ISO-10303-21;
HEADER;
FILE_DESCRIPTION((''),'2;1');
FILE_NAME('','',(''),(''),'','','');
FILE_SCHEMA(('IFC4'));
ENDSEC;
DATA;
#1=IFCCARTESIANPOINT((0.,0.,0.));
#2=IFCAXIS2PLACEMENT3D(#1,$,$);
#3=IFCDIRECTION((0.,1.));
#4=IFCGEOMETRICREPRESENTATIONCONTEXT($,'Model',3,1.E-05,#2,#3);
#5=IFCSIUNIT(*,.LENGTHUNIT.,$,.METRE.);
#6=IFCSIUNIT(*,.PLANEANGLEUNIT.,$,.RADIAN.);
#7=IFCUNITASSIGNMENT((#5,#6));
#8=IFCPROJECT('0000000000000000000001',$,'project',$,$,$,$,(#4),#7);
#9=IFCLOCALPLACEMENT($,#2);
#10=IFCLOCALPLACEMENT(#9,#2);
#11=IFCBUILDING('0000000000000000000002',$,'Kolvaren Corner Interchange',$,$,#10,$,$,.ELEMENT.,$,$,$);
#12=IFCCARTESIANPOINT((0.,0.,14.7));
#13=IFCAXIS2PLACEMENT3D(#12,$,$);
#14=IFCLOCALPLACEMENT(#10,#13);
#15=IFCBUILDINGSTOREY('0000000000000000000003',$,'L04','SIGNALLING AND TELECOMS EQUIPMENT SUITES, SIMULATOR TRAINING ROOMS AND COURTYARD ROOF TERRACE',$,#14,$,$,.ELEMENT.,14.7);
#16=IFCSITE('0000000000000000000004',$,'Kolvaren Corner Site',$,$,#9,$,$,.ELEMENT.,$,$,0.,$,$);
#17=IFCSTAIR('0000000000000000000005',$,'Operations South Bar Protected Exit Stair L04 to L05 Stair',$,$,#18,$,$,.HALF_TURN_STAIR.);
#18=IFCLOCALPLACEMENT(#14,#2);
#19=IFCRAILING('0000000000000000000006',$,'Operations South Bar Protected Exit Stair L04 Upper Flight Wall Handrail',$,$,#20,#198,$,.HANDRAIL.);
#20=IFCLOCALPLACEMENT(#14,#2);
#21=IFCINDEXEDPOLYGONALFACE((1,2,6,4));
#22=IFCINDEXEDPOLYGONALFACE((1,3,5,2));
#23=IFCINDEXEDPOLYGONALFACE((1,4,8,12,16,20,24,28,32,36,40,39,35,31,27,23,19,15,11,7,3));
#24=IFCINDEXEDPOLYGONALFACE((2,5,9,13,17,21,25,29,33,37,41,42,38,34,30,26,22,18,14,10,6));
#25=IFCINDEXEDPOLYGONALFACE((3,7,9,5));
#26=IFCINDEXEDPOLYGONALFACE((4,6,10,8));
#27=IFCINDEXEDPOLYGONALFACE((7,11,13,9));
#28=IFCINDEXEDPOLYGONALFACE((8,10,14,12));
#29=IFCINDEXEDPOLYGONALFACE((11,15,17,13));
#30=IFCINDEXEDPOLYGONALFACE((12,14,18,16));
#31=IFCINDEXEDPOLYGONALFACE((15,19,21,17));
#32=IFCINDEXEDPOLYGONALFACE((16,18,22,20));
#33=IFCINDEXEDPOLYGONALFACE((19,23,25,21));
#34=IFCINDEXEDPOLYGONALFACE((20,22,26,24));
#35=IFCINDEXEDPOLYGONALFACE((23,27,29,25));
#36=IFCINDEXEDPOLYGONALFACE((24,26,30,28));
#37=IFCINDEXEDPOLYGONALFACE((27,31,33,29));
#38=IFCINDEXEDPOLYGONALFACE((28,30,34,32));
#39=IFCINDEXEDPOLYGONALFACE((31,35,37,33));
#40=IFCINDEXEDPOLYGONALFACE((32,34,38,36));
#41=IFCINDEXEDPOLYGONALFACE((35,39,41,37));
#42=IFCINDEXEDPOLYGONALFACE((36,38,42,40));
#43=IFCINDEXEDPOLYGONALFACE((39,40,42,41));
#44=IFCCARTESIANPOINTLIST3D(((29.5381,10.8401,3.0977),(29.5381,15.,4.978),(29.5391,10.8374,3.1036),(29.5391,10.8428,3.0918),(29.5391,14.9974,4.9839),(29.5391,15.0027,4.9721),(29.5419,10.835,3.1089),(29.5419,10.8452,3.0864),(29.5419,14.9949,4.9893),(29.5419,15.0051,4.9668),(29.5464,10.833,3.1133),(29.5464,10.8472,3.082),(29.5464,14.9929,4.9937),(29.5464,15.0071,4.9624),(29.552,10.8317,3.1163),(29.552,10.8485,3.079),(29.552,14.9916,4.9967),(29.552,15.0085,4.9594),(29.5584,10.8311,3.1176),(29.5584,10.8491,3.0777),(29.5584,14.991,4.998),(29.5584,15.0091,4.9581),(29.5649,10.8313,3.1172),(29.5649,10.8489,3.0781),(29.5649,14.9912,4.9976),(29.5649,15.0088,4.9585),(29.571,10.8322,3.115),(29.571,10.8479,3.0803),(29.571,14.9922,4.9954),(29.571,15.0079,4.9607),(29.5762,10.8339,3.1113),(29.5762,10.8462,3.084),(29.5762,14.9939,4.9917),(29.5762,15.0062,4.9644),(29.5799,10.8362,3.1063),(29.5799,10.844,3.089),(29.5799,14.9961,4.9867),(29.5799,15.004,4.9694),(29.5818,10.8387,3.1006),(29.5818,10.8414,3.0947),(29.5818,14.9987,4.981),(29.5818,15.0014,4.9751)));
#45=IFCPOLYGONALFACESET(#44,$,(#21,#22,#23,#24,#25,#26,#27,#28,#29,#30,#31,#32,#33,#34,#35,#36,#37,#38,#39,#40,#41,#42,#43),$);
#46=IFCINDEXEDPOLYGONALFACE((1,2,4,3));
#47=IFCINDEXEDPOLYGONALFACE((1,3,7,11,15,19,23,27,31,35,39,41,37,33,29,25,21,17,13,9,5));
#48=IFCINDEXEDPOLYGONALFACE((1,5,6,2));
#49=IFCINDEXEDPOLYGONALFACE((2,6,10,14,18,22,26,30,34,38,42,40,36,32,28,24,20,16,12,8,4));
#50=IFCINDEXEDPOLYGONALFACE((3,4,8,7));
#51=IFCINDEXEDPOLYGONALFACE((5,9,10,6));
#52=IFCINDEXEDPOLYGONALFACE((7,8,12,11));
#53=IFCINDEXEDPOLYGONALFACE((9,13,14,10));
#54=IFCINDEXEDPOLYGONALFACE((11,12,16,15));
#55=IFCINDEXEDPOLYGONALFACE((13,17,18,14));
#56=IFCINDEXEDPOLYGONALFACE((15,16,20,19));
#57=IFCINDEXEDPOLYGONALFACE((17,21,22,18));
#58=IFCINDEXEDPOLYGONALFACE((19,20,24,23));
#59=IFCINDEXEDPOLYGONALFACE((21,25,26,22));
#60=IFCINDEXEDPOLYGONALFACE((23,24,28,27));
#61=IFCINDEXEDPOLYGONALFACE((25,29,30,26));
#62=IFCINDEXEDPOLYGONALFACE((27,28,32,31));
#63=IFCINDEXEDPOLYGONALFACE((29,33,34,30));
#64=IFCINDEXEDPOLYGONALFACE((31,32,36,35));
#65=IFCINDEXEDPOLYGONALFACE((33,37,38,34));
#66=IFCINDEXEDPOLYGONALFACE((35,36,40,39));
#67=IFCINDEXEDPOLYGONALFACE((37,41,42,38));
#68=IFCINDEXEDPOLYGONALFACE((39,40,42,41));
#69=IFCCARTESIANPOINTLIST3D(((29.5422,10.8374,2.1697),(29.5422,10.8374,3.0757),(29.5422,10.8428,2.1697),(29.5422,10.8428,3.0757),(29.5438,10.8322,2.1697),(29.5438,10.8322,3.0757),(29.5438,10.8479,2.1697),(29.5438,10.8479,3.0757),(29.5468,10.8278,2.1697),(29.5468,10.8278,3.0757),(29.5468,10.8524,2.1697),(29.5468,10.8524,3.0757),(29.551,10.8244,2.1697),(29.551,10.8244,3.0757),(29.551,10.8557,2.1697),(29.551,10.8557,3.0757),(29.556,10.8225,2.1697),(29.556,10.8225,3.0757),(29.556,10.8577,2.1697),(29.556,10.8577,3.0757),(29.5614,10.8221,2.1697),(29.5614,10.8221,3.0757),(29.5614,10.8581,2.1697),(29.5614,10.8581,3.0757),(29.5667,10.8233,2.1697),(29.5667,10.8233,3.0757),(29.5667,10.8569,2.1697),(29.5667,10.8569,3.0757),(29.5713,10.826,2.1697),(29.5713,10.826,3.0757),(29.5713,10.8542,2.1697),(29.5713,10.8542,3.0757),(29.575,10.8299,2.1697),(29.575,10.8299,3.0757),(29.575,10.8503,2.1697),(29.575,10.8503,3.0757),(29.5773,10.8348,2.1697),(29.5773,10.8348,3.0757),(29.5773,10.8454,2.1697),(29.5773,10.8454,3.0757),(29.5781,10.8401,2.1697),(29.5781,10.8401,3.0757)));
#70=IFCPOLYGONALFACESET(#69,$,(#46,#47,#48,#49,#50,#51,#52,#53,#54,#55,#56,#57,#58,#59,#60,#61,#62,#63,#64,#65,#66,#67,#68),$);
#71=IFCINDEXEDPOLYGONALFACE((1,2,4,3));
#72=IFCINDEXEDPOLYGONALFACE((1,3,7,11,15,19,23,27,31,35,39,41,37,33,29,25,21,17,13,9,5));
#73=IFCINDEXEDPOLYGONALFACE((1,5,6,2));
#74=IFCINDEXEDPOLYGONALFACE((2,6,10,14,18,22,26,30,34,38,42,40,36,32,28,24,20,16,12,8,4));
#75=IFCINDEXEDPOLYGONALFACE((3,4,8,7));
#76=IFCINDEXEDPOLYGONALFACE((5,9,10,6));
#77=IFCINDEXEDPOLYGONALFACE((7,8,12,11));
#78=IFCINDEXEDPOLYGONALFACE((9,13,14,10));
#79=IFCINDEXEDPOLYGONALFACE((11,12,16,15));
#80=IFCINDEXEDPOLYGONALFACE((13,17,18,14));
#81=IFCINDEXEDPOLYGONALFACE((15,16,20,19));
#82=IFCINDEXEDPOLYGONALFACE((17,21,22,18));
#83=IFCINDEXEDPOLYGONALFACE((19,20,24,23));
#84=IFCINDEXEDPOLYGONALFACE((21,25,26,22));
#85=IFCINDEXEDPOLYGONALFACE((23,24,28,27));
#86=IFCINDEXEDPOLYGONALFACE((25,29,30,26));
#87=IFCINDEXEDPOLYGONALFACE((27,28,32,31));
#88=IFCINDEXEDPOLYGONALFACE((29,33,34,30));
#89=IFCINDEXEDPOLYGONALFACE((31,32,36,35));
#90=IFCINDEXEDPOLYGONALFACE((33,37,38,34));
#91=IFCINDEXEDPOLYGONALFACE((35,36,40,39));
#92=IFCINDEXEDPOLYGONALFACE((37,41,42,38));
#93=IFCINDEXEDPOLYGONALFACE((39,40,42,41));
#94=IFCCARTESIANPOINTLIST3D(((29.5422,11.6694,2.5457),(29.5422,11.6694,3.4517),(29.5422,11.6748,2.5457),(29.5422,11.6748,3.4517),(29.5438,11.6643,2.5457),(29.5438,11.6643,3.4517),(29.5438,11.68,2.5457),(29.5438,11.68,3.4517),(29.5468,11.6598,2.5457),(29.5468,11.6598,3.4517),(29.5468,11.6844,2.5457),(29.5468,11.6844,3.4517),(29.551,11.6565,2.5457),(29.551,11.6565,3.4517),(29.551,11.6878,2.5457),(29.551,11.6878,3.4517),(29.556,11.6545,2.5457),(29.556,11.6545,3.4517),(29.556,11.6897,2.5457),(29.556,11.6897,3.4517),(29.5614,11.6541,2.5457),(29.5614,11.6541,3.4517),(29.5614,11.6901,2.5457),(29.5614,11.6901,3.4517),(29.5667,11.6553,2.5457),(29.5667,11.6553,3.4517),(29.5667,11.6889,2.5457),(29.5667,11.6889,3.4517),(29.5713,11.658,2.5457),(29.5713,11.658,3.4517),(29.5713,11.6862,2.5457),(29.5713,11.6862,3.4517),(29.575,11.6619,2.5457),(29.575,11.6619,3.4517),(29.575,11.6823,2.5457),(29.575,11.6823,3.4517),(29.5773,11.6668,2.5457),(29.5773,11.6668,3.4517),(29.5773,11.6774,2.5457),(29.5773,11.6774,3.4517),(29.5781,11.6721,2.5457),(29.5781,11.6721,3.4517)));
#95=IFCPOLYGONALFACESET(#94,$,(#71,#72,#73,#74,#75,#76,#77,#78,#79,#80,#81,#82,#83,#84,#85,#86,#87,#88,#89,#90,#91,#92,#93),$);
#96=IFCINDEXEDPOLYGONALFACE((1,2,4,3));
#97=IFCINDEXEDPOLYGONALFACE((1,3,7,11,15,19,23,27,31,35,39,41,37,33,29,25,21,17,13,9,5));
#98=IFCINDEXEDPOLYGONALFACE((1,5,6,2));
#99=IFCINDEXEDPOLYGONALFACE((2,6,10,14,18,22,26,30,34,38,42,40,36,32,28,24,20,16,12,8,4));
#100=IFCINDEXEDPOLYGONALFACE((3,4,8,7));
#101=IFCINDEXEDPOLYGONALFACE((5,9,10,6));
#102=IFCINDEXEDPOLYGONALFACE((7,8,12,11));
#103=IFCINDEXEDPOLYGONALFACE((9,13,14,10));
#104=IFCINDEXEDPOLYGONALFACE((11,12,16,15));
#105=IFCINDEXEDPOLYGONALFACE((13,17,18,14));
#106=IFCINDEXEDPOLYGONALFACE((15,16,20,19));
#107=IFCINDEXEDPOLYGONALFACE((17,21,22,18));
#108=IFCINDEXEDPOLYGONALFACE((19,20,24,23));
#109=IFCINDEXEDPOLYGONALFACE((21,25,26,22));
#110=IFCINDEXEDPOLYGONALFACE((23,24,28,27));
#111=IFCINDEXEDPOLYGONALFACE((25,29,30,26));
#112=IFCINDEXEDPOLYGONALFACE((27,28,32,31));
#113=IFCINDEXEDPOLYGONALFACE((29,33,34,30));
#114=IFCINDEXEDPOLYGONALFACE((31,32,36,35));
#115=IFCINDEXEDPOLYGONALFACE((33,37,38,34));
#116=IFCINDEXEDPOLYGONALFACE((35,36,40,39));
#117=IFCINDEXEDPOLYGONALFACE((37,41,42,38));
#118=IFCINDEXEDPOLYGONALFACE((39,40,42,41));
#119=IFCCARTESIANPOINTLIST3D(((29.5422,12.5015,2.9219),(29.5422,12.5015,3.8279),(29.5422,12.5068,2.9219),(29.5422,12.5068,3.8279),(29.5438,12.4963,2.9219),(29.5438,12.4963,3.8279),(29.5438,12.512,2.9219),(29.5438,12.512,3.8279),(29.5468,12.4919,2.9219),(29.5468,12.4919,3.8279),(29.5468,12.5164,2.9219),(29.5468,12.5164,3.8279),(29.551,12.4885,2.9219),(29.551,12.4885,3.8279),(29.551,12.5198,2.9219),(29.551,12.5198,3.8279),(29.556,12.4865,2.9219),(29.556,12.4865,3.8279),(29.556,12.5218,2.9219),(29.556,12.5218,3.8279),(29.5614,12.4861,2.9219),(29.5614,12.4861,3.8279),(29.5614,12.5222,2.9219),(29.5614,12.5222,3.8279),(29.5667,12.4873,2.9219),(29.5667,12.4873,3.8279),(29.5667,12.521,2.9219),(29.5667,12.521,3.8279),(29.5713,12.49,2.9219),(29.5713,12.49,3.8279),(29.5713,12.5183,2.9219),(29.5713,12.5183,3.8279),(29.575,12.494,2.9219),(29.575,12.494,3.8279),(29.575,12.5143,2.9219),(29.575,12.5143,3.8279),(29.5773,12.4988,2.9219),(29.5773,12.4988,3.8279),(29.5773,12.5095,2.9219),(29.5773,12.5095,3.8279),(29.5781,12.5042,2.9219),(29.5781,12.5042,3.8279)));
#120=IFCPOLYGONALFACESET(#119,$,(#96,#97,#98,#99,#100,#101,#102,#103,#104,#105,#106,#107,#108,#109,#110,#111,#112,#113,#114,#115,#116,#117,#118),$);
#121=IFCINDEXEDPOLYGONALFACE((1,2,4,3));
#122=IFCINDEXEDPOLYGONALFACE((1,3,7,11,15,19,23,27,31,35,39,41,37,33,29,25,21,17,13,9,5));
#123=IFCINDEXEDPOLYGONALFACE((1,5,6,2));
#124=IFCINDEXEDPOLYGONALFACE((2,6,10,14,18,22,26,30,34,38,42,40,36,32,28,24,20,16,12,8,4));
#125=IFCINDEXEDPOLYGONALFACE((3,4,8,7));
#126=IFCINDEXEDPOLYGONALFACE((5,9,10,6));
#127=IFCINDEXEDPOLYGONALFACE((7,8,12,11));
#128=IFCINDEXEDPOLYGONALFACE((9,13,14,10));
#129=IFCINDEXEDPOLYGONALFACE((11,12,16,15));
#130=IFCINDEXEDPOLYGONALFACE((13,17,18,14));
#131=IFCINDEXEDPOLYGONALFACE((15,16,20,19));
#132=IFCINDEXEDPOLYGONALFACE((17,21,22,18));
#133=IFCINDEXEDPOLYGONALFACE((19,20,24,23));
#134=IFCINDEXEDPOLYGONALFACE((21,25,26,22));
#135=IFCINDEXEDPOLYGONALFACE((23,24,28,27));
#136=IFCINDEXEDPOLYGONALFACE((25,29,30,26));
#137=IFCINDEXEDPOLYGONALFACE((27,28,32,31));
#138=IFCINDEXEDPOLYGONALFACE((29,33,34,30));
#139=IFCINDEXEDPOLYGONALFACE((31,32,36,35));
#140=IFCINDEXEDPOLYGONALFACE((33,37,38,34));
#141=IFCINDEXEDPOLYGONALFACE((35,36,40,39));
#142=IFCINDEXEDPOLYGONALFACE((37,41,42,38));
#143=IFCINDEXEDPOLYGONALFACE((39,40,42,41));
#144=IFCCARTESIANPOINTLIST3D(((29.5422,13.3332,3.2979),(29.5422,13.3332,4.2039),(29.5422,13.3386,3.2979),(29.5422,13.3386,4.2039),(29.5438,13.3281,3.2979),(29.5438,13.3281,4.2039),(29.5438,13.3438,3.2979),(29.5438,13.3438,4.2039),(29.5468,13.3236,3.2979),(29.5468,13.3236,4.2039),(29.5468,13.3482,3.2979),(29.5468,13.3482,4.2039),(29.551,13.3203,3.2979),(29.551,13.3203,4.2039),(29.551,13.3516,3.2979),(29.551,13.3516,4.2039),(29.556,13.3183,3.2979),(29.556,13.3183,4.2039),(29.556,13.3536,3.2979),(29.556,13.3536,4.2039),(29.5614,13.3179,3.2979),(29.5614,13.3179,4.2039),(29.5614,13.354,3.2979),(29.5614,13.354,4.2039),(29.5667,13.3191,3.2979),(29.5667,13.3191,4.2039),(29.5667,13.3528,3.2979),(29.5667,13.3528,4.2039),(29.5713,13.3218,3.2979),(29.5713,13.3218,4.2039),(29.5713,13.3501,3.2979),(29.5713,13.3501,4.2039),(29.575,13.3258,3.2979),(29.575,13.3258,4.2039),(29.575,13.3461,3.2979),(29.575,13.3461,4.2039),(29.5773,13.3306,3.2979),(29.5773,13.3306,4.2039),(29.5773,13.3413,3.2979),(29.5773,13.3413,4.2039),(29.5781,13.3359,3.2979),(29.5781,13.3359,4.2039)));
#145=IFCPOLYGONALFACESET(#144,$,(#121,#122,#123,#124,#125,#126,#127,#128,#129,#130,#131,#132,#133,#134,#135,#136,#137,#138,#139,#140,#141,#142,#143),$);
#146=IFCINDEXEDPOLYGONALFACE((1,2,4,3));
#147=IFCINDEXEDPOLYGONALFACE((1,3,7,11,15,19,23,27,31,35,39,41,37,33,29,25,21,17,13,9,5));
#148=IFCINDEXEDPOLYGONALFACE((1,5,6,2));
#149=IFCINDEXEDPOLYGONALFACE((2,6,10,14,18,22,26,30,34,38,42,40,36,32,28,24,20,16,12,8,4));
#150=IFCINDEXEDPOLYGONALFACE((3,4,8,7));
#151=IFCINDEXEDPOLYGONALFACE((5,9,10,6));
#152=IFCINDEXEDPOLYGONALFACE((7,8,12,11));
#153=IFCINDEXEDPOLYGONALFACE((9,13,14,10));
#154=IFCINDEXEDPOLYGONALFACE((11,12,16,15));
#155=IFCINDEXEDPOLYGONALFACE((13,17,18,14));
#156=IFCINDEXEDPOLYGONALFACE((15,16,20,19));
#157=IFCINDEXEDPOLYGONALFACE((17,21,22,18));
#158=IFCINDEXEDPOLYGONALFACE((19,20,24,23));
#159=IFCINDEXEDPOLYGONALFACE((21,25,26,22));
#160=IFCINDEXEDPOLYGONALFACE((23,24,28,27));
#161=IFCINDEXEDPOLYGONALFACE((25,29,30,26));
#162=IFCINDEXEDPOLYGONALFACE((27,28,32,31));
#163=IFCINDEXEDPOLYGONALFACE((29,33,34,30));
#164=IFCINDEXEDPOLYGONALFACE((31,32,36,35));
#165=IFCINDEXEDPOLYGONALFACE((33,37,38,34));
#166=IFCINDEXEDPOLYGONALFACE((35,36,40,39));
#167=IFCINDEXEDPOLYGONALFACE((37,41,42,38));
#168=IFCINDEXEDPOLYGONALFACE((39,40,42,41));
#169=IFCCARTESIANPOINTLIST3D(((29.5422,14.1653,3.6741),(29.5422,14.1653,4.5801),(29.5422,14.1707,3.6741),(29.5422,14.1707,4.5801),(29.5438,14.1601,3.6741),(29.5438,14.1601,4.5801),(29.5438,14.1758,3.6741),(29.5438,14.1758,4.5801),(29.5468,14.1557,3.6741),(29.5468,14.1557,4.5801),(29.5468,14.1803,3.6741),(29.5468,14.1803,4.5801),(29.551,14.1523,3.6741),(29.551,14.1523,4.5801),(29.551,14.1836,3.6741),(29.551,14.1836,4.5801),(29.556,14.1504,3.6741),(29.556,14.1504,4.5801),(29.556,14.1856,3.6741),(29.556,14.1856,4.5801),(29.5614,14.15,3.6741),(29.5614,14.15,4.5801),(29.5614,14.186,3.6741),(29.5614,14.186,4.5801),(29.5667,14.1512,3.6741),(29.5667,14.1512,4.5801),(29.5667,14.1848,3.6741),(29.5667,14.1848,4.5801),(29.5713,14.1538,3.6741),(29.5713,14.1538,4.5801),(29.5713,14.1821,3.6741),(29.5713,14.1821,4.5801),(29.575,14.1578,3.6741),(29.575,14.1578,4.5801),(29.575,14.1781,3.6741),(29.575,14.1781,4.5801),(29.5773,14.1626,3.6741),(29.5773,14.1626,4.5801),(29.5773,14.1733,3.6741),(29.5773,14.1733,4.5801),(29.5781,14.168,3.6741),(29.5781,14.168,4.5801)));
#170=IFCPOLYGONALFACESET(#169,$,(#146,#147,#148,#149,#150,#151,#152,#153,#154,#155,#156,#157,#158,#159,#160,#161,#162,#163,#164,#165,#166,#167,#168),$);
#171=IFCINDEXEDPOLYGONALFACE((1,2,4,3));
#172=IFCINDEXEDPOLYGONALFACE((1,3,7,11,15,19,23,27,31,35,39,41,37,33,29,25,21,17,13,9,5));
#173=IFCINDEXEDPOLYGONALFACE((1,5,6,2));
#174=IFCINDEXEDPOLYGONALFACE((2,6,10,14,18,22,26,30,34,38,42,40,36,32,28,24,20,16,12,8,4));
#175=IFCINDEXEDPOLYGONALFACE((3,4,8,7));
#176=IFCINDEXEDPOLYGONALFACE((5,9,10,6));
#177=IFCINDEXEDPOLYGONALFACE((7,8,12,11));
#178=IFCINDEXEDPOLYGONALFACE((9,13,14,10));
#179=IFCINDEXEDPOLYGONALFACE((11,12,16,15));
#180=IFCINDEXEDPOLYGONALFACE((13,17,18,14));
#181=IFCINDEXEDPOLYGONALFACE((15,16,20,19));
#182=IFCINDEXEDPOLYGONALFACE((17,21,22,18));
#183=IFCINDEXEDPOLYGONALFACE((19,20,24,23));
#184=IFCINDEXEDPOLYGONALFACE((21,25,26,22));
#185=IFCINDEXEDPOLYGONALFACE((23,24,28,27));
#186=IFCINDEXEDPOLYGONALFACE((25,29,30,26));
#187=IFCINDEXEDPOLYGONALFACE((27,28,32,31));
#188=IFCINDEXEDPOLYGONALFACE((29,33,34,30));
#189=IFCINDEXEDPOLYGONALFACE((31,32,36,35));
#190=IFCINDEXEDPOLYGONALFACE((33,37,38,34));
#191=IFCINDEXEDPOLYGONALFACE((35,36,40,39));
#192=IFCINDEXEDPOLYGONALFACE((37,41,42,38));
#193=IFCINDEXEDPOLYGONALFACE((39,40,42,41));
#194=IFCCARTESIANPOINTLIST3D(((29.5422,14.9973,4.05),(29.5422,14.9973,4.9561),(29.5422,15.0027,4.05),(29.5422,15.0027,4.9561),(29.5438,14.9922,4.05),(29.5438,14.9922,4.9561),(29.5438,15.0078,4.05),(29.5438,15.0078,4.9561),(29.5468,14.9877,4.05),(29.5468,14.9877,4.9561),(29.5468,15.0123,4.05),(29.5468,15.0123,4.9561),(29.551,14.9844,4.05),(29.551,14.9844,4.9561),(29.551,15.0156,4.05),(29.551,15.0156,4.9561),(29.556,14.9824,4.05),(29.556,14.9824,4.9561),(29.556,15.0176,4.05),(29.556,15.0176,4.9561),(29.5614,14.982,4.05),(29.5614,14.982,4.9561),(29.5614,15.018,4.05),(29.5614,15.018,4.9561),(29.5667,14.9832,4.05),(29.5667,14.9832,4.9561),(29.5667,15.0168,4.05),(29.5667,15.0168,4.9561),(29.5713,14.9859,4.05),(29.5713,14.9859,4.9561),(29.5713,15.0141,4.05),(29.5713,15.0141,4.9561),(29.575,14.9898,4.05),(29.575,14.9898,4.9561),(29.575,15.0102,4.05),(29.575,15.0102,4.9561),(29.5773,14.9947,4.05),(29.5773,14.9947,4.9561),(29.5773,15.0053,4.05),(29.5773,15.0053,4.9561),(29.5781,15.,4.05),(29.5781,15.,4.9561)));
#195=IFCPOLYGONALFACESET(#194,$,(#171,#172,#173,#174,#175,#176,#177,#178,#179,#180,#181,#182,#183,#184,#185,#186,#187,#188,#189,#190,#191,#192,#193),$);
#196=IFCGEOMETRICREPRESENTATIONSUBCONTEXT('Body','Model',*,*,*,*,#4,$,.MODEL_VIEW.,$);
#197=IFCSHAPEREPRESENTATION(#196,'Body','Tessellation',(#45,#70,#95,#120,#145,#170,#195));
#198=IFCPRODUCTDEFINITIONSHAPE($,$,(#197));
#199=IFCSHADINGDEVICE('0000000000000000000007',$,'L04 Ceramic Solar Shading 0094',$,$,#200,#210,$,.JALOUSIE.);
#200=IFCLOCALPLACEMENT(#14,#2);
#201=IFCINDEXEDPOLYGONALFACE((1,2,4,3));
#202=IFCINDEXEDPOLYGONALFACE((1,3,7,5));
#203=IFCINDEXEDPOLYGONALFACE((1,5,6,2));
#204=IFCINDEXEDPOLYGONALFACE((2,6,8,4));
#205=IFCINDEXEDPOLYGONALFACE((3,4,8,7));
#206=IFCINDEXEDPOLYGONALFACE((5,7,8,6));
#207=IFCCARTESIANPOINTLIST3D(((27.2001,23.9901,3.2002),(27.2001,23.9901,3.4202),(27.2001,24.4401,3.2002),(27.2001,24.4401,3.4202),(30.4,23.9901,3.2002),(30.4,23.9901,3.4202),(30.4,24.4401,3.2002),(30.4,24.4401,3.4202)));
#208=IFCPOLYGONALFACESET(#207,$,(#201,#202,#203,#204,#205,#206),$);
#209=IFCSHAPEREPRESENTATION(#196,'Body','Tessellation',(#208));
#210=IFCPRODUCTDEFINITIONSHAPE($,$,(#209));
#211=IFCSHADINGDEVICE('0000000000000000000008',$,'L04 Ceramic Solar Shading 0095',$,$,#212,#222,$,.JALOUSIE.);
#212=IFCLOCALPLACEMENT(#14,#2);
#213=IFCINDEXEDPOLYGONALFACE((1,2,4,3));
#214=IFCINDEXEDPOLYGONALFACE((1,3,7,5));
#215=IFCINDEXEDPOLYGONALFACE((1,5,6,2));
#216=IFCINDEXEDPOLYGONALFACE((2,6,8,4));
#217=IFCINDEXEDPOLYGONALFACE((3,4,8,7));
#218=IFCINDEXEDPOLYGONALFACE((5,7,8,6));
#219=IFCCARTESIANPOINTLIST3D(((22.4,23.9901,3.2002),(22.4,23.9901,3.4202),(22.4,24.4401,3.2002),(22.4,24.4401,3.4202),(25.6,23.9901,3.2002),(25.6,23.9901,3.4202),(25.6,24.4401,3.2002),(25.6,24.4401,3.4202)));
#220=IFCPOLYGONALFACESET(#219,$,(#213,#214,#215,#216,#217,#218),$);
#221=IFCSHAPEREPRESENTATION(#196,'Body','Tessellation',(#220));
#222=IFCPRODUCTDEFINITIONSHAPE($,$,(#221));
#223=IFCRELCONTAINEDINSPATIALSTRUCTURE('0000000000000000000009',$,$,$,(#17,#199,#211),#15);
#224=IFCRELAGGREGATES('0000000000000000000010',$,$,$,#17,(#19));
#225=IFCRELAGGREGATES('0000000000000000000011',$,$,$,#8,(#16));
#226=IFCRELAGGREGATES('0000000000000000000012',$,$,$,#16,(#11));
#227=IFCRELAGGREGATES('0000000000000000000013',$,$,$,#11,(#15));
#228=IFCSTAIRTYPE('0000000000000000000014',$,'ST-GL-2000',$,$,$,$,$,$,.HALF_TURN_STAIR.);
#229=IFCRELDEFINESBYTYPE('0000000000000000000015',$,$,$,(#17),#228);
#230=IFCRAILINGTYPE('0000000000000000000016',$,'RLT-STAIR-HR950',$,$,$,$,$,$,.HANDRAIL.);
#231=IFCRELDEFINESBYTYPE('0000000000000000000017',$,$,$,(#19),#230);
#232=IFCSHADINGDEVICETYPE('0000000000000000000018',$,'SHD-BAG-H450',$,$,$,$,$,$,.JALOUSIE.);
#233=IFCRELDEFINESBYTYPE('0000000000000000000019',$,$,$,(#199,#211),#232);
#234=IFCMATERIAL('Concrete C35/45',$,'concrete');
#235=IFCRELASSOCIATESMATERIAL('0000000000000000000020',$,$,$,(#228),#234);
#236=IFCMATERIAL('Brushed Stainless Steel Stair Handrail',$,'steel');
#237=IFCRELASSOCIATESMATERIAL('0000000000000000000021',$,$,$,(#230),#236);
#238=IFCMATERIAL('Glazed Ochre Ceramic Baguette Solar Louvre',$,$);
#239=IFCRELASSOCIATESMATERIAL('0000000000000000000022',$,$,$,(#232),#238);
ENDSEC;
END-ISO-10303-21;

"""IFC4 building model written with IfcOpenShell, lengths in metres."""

from ifc_helpers import new_model, si_unit, direction, frame, origin, origin_2d, place, context, subcontext, project, spatial, rectangle, circle, extrude, material, type_object, element, aggregate, save


model = new_model("IFC4")

# Units and contexts
model_context = context("Model", 3, precision=1e-05, world=origin(), true_north=direction((0.0, 1.0)))
body_context = subcontext(model_context, "Body", "Model", "MODEL_VIEW")
ifc_project = project(units=[si_unit("LENGTHUNIT", "METRE"), si_unit("PLANEANGLEUNIT", "RADIAN")], contexts=[model_context])

# Site, building, storey
site_placement = place(None, origin())
site = spatial("IfcSite", under=ifc_project, at=site_placement, Name="Kolvaren Corner Site", CompositionType="ELEMENT", RefElevation=0.0)
building_placement = place(site_placement, origin())
building = spatial("IfcBuilding", under=site, at=building_placement, Name="Kolvaren Corner Interchange", CompositionType="ELEMENT")
storey_placement = place(building_placement, frame((0.0, 0.0, 14.7)))
storey = spatial("IfcBuildingStorey", under=building, at=storey_placement, Name="L04", Description="SIGNALLING AND TELECOMS EQUIPMENT SUITES, SIMULATOR TRAINING ROOMS AND COURTYARD ROOF TERRACE", CompositionType="ELEMENT", Elevation=14.7)

# Stair, railing
ifc_material_1 = material(Name="Concrete C35/45", Category="concrete")
stair_type = type_object("IfcStairType", Name="ST-GL-2000", PredefinedType="HALF_TURN_STAIR", material=ifc_material_1)
stair_placement = place(storey_placement, origin())
stair = element("IfcStair", 1, at=stair_placement, inside=storey, type_object=stair_type, Name="Operations South Bar Protected Exit Stair L04 to L05 Stair", PredefinedType="HALF_TURN_STAIR")
ifc_material_2 = material(Name="Brushed Stainless Steel Stair Handrail", Category="steel")
railing_type_1 = type_object("IfcRailingType", Name="RLT-STAIR-HR950", PredefinedType="HANDRAIL", material=ifc_material_2)
railing_1_placement = place(storey_placement, frame((29.5601, 10.8401, 2.1697)))
railing_1 = element("IfcRailing", 2, at=railing_1_placement, type_object=railing_type_1, Name="Operations South Bar Protected Exit Stair L04 Upper Flight Wall Handrail", PredefinedType="HANDRAIL", context=body_context, shape_type="SweptSolid", body=[
    extrude(circle(Radius=0.022, at=origin_2d()), frame((0.0, 0.0, 0.928), z_axis=(0.0, 0.911231, 0.411896), x_axis=(-1.0, 0.0, 0.0)), (0.0, 0.0, 1.0), 4.5652),
    extrude(circle(Radius=0.0181, at=origin_2d()), origin(), (0.0, 0.0, 1.0), 0.906),
    extrude(circle(Radius=0.0181, at=origin_2d()), frame((0.0, 0.832, 0.376)), (0.0, 0.0, 1.0), 0.906),
    extrude(circle(Radius=0.0181, at=origin_2d()), frame((0.0, 1.6641, 0.7522)), (0.0, 0.0, 1.0), 0.906),
    extrude(circle(Radius=0.0181, at=origin_2d()), frame((0.0, 2.4958, 1.1282)), (0.0, 0.0, 1.0), 0.906),
    extrude(circle(Radius=0.0181, at=origin_2d()), frame((0.0, 3.3279, 1.5044)), (0.0, 0.0, 1.0), 0.906),
    extrude(circle(Radius=0.0181, at=origin_2d()), frame((0.0, 4.1599, 1.8804)), (0.0, 0.0, 1.0), 0.906),
])
aggregate(stair, [railing_1])

# Shading devices
ifc_material_3 = material(Name="Glazed Ochre Ceramic Baguette Solar Louvre")
shading_device_type_1 = type_object("IfcShadingDeviceType", Name="SHD-BAG-H450", PredefinedType="JALOUSIE", material=ifc_material_3)
for number, where, z_axis, x_axis, name in (
    (3, (28.8, 24.2151, 3.2002), (0.0, 0.0, 1.0), (-1.0, 0.0, 0.0), "L04 Ceramic Solar Shading 0094"),
    (4, (24.0, 24.2151, 3.2002), (0.0, 0.0, 1.0), (-1.0, 0.0, 0.0), "L04 Ceramic Solar Shading 0095"),
):
    element("IfcShadingDevice", number, at=place(storey_placement, frame(where, z_axis=z_axis, x_axis=x_axis)), inside=storey, type_object=shading_device_type_1, Name=name, PredefinedType="JALOUSIE", context=body_context, shape_type="SweptSolid", body=[
        extrude(rectangle(XDim=3.2, YDim=0.45, at=origin_2d()), origin(), (0.0, 0.0, 1.0), 0.22),
    ])

save(model, "model.ifc")
